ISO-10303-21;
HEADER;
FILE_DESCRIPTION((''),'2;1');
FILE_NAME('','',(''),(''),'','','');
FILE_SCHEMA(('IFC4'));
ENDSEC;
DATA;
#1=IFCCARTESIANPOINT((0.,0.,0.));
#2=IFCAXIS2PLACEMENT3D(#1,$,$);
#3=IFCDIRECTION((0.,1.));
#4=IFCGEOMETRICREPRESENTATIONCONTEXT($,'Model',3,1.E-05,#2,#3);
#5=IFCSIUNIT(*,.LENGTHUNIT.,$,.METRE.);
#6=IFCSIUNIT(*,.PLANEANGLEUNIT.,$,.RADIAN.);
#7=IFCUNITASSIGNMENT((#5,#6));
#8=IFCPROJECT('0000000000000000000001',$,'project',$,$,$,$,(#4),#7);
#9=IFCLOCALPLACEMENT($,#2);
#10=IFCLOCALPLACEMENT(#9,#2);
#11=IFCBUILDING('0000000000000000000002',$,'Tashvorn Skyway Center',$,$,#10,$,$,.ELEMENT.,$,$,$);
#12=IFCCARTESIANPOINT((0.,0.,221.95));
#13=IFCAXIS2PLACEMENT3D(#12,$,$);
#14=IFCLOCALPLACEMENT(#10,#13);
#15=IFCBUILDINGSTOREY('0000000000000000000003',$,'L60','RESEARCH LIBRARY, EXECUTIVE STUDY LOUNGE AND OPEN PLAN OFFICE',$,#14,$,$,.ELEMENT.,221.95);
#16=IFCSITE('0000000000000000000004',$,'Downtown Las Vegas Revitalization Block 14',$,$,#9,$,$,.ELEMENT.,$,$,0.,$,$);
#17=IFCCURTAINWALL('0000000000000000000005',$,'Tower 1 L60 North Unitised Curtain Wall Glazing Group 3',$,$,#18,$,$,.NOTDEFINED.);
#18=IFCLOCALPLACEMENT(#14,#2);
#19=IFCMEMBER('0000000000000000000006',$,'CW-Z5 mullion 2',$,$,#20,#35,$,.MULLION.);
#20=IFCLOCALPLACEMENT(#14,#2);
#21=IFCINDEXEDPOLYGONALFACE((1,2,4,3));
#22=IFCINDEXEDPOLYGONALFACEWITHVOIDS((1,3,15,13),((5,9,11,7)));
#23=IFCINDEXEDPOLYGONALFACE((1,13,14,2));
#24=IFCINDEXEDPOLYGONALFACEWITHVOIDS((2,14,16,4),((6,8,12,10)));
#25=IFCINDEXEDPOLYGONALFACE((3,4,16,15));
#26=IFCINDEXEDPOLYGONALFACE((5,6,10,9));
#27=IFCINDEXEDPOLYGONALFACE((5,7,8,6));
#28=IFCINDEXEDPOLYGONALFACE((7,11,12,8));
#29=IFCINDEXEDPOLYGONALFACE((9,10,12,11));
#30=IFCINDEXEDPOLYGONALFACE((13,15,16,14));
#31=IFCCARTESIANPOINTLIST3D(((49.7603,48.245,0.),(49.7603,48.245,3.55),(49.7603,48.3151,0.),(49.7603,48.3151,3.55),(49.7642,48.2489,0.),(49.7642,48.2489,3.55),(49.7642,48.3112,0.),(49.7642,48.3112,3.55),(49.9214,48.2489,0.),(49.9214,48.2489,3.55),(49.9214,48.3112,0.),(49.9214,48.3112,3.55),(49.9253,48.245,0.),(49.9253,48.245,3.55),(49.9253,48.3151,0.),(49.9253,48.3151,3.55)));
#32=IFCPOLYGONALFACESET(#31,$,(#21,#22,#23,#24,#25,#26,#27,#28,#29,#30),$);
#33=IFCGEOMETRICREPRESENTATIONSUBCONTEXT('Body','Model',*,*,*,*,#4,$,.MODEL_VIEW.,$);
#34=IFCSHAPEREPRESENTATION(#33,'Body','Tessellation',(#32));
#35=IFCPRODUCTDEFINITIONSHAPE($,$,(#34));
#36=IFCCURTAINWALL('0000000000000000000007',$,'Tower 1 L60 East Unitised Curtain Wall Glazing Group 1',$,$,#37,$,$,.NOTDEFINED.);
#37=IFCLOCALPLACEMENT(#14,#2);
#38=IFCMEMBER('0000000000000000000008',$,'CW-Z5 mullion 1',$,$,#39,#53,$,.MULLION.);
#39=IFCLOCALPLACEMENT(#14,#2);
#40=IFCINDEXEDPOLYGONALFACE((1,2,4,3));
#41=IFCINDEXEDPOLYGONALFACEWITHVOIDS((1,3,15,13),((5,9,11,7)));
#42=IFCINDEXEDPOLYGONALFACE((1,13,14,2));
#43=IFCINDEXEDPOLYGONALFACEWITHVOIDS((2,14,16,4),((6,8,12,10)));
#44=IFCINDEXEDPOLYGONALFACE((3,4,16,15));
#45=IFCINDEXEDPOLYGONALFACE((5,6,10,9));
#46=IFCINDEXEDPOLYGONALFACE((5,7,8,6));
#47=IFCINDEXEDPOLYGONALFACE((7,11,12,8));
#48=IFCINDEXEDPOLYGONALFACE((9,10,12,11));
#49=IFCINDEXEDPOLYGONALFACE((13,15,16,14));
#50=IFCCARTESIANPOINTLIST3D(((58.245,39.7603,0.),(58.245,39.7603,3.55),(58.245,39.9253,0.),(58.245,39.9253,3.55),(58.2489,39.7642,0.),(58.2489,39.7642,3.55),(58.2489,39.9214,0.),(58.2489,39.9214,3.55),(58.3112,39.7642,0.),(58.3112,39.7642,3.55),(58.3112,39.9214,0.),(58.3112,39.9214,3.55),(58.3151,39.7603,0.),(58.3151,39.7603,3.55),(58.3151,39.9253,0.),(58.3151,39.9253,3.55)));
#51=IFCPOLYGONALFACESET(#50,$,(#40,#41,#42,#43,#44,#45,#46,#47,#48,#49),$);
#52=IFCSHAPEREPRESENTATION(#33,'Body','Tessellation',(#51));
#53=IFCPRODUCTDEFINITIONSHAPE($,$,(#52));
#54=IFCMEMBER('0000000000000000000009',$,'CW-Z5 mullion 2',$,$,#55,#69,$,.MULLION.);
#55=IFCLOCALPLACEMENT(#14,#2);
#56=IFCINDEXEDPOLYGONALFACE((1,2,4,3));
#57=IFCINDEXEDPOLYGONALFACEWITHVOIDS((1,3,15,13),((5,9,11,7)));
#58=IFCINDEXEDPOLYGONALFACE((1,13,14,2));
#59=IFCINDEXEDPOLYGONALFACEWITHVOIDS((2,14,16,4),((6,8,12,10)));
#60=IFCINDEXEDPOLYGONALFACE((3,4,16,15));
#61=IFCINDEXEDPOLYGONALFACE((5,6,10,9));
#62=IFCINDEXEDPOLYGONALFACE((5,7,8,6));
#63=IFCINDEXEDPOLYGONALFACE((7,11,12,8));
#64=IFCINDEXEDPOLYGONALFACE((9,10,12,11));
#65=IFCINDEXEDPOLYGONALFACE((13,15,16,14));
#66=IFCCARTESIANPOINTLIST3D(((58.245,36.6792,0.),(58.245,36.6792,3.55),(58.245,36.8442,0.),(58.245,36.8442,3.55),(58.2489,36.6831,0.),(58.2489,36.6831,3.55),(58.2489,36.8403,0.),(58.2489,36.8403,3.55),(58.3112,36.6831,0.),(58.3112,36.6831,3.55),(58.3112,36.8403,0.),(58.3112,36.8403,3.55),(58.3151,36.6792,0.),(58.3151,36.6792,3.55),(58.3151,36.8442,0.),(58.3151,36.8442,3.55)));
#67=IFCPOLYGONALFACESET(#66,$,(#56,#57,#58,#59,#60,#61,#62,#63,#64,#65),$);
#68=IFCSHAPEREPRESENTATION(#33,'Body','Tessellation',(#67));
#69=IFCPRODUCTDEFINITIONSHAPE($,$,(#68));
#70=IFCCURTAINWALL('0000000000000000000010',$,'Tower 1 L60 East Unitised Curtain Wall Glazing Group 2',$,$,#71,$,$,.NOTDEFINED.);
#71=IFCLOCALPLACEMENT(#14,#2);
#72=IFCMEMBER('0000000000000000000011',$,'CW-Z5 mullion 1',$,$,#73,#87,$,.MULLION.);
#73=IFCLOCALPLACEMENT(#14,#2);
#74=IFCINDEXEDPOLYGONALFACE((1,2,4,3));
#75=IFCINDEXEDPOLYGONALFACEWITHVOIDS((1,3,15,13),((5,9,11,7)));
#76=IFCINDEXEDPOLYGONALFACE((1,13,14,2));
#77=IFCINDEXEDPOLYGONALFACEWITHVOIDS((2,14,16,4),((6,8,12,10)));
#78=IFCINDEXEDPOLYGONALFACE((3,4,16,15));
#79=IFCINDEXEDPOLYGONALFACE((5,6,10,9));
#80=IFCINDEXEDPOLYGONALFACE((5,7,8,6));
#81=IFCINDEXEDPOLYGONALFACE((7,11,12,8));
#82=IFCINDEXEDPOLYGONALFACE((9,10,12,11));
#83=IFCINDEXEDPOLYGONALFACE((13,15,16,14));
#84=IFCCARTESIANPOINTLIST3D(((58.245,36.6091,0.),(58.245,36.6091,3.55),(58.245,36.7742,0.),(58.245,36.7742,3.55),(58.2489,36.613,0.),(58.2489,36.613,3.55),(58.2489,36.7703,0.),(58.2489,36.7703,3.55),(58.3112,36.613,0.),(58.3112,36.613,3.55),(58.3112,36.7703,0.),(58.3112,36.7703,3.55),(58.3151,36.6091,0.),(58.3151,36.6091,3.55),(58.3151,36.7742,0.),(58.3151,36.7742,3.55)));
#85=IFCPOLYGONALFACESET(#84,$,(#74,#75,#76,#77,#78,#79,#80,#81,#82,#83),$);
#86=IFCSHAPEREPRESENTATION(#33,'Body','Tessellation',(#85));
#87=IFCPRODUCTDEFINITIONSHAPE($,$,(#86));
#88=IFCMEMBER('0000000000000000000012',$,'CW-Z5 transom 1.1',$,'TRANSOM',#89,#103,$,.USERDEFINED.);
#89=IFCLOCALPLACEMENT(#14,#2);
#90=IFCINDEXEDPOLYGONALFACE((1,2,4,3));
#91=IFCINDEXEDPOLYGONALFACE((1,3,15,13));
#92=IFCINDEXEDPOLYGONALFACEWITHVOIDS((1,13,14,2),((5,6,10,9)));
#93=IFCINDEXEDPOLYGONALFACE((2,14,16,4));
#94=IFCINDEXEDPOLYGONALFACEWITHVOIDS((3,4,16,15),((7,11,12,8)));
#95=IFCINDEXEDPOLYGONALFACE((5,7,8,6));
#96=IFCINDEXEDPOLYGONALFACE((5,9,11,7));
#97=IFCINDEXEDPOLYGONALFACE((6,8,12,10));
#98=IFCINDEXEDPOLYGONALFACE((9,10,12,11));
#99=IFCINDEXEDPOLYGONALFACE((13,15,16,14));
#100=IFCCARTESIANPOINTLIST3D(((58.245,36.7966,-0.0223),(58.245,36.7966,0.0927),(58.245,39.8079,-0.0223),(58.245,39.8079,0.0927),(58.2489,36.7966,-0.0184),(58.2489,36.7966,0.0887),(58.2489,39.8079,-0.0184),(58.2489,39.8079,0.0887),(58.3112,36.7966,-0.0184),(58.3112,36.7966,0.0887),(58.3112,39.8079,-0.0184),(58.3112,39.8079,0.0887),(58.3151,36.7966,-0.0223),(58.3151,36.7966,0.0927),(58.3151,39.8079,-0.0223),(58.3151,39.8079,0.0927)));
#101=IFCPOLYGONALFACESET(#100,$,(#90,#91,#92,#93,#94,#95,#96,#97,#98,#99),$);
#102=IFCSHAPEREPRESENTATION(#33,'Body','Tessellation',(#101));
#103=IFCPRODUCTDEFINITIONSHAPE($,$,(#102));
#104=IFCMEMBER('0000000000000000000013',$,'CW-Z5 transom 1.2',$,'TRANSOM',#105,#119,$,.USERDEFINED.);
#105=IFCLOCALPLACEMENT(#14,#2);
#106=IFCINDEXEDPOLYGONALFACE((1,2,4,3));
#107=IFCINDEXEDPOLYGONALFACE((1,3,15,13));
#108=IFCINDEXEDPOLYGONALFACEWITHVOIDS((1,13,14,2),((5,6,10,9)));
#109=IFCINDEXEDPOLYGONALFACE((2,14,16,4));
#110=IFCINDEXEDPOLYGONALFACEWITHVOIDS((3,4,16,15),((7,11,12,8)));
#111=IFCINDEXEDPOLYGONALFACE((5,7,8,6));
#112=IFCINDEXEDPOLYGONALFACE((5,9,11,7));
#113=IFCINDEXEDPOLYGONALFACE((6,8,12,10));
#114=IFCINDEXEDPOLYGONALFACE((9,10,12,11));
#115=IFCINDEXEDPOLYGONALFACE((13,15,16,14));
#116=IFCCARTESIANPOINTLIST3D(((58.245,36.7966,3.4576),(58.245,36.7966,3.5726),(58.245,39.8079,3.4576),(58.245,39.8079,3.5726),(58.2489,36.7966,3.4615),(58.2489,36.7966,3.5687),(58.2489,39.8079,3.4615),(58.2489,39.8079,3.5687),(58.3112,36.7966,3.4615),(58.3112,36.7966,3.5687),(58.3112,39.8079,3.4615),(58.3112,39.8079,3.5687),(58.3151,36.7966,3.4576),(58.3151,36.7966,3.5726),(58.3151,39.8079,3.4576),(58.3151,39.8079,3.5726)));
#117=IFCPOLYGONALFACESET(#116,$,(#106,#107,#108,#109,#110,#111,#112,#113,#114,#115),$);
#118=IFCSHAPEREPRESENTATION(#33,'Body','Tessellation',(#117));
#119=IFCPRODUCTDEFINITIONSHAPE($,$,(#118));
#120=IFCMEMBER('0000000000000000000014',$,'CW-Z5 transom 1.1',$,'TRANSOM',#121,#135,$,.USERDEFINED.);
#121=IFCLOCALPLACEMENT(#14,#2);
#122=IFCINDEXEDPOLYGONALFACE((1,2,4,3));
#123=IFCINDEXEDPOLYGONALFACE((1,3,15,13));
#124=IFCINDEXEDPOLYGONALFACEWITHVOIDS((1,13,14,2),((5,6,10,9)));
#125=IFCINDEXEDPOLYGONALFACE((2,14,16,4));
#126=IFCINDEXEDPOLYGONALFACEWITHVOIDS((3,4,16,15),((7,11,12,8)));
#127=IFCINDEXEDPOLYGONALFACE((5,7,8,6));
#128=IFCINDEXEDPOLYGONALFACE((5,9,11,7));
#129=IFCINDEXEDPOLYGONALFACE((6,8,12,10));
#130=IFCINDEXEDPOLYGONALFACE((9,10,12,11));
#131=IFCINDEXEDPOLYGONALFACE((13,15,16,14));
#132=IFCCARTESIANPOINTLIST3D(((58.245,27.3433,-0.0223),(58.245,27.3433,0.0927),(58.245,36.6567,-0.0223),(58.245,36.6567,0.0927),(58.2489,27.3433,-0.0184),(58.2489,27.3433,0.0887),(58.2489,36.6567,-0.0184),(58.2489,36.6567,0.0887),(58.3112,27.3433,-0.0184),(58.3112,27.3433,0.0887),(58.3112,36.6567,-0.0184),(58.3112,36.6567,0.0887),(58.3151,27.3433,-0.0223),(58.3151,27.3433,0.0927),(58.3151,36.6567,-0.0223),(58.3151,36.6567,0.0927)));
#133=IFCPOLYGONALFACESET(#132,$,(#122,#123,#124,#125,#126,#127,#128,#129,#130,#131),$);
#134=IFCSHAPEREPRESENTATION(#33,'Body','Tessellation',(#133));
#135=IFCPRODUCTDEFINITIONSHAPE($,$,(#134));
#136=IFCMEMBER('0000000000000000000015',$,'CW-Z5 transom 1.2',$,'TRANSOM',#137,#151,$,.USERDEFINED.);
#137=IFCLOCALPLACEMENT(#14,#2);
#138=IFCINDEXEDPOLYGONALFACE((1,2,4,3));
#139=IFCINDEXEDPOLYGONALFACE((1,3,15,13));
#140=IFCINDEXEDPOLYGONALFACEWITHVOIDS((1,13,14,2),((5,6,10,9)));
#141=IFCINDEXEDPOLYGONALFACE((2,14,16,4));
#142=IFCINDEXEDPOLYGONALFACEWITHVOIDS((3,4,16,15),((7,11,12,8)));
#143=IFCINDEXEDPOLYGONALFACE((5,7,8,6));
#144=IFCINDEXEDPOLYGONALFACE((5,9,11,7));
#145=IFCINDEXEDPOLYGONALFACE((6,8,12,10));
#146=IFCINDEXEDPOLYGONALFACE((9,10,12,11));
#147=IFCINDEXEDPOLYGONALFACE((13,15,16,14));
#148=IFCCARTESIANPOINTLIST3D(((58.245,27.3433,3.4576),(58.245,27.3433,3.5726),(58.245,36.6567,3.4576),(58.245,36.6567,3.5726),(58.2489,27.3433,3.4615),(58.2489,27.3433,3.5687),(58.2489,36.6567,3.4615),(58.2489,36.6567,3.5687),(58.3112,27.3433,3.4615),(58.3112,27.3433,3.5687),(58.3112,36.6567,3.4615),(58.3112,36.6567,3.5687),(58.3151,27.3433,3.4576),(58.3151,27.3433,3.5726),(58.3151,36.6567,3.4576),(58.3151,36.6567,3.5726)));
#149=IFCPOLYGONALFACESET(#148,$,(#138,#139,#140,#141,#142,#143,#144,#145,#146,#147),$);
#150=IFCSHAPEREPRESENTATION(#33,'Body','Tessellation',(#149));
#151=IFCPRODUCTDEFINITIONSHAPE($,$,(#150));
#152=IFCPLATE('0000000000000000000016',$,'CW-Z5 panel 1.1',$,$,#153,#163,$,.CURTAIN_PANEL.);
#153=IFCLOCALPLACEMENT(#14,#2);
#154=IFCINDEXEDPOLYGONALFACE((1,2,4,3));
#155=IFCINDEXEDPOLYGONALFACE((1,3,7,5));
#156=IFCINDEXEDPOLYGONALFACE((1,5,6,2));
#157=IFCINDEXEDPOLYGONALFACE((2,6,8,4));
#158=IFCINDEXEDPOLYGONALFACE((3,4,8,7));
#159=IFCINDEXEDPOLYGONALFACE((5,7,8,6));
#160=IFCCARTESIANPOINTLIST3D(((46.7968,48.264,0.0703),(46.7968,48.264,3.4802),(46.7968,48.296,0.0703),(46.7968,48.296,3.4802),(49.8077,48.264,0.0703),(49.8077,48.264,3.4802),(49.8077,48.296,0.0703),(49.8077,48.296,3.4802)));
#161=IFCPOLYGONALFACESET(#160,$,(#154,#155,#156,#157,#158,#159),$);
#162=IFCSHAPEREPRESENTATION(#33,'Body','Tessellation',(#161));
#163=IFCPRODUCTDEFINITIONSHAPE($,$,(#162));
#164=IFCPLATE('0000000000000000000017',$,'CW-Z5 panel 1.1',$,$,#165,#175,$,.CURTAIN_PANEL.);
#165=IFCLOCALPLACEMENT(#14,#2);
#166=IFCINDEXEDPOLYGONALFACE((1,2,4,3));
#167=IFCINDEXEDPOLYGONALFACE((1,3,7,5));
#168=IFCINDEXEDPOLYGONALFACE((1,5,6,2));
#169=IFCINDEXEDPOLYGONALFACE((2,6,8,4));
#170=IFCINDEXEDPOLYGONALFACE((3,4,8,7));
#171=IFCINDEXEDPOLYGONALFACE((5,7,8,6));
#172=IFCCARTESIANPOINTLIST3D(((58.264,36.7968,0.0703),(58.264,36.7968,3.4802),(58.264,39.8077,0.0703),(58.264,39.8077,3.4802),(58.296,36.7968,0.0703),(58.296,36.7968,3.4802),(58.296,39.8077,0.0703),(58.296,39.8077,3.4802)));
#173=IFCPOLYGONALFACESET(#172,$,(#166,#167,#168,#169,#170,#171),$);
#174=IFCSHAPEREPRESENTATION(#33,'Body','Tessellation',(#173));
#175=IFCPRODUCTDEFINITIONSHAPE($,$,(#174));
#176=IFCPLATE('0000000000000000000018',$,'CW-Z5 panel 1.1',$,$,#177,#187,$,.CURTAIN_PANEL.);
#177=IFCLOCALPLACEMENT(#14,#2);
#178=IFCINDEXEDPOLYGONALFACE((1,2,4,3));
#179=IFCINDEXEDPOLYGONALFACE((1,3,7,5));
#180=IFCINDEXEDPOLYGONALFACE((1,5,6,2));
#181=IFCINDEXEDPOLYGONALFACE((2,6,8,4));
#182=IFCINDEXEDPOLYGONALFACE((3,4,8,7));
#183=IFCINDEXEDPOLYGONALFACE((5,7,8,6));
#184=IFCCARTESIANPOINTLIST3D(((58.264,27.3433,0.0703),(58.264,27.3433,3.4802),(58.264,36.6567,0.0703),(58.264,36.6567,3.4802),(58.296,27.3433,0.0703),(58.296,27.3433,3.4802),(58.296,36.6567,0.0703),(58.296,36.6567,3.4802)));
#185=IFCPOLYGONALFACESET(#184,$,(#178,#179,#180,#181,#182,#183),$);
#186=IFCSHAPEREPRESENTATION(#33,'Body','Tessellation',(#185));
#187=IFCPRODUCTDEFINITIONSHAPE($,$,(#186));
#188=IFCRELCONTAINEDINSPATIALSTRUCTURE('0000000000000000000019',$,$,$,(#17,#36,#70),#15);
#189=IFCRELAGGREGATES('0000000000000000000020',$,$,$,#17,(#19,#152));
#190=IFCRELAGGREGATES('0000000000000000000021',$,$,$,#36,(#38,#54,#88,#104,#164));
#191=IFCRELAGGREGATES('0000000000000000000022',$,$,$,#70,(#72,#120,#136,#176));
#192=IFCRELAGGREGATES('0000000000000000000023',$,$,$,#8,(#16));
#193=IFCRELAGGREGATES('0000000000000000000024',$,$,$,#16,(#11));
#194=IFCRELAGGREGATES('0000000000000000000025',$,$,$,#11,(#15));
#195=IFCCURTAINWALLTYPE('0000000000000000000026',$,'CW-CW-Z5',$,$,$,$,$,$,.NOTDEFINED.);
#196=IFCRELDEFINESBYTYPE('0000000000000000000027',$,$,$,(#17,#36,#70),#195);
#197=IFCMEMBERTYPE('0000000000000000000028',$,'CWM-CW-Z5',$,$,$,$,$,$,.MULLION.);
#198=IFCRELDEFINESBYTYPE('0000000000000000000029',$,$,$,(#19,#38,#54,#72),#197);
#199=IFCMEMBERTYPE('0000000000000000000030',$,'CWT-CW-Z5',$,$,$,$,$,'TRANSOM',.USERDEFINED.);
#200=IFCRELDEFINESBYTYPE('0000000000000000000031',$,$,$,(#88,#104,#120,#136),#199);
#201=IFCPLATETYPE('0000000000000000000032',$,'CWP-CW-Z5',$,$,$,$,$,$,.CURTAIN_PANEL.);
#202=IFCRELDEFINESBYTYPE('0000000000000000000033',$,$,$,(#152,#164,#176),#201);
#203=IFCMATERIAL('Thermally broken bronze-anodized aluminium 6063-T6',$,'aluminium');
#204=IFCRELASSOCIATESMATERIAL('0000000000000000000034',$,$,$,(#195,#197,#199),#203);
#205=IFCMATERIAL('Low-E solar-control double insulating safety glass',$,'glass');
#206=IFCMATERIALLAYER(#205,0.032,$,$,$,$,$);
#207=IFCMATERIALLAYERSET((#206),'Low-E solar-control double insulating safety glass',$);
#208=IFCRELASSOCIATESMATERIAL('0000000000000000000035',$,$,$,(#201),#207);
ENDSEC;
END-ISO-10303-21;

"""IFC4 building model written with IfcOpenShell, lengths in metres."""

from ifc_helpers import new_model, si_unit, direction, frame, origin, origin_2d, place, context, subcontext, project, spatial, rectangle, hollow_rectangle, extrude, material, layer, layer_set, material_profile, profile_set, type_object, element, aggregate, save


model = new_model("IFC4")

# Units and contexts
model_context = context("Model", 3, precision=1e-05, world=origin(), true_north=direction((0.0, 1.0)))
body_context = subcontext(model_context, "Body", "Model", "MODEL_VIEW")
ifc_project = project(units=[si_unit("LENGTHUNIT", "METRE"), si_unit("PLANEANGLEUNIT", "RADIAN")], contexts=[model_context])

# Site, building, storey
site_placement = place(None, origin())
site = spatial("IfcSite", under=ifc_project, at=site_placement, Name="Downtown Las Vegas Revitalization Block 14", CompositionType="ELEMENT", RefElevation=0.0)
building_placement = place(site_placement, origin())
building = spatial("IfcBuilding", under=site, at=building_placement, Name="Tashvorn Skyway Center", CompositionType="ELEMENT")
storey_placement = place(building_placement, frame((0.0, 0.0, 221.95)))
storey = spatial("IfcBuildingStorey", under=building, at=storey_placement, Name="L60", Description="RESEARCH LIBRARY, EXECUTIVE STUDY LOUNGE AND OPEN PLAN OFFICE", CompositionType="ELEMENT", Elevation=221.95)

# Curtain wall, member
ifc_material_1 = material(Name="Thermally broken bronze-anodized aluminium 6063-T6", Category="aluminium")
curtain_wall_type = type_object("IfcCurtainWallType", Name="CW-CW-Z5", PredefinedType="NOTDEFINED", material=ifc_material_1)
curtain_wall_1_placement = place(storey_placement, origin())
curtain_wall_1 = element("IfcCurtainWall", 1, at=curtain_wall_1_placement, inside=storey, type_object=curtain_wall_type, Name="Tower 1 L60 North Unitised Curtain Wall Glazing Group 3", PredefinedType="NOTDEFINED")
ifc_material_profile_1 = material_profile(ifc_material_1, hollow_rectangle(XDim=0.0701, YDim=0.165, WallThickness=0.0039, at=origin_2d()), Name="ALU-MULL-70x165")
ifc_profile_set_1 = profile_set([ifc_material_profile_1], Name="Thermally broken bronze-anodized aluminium 6063-T6")
member_type_1 = type_object("IfcMemberType", Name="CWM-CW-Z5", PredefinedType="MULLION", material=ifc_profile_set_1)
member_1_placement = place(storey_placement, frame((49.8428, 48.28, 0.0), z_axis=(0.0, 0.0, 1.0), x_axis=(0.0, 1.0, 0.0)))
member_1 = element("IfcMember", 2, at=member_1_placement, type_object=member_type_1, Name="CW-Z5 mullion 2", PredefinedType="MULLION", context=body_context, shape_type="SweptSolid", body=[
    extrude(hollow_rectangle(XDim=0.0701, YDim=0.165, WallThickness=0.0039, at=origin_2d()), origin(), (0.0, 0.0, 1.0), 3.55),
])

# Curtain wall, members
curtain_wall_2_placement = place(storey_placement, origin())
curtain_wall_2 = element("IfcCurtainWall", 3, at=curtain_wall_2_placement, inside=storey, type_object=curtain_wall_type, Name="Tower 1 L60 East Unitised Curtain Wall Glazing Group 1", PredefinedType="NOTDEFINED")
member_2_placement = place(storey_placement, frame((58.28, 39.8428, 0.0), z_axis=(0.0, 0.0, 1.0), x_axis=(1.0, 0.0, 0.0)))
member_2 = element("IfcMember", 4, at=member_2_placement, type_object=member_type_1, Name="CW-Z5 mullion 1", PredefinedType="MULLION", context=body_context, shape_type="SweptSolid", body=[
    extrude(hollow_rectangle(XDim=0.0701, YDim=0.165, WallThickness=0.0039, at=origin_2d()), origin(), (0.0, 0.0, 1.0), 3.55),
])
member_3_placement = place(storey_placement, frame((58.28, 36.7617, 0.0), z_axis=(0.0, 0.0, 1.0), x_axis=(1.0, 0.0, 0.0)))
member_3 = element("IfcMember", 5, at=member_3_placement, type_object=member_type_1, Name="CW-Z5 mullion 2", PredefinedType="MULLION", context=body_context, shape_type="SweptSolid", body=[
    extrude(hollow_rectangle(XDim=0.0701, YDim=0.165, WallThickness=0.0039, at=origin_2d()), origin(), (0.0, 0.0, 1.0), 3.55),
])

# Curtain wall, member
curtain_wall_3_placement = place(storey_placement, origin())
curtain_wall_3 = element("IfcCurtainWall", 6, at=curtain_wall_3_placement, inside=storey, type_object=curtain_wall_type, Name="Tower 1 L60 East Unitised Curtain Wall Glazing Group 2", PredefinedType="NOTDEFINED")
member_4_placement = place(storey_placement, frame((58.28, 36.6917, 0.0), z_axis=(0.0, 0.0, 1.0), x_axis=(1.0, 0.0, 0.0)))
member_4 = element("IfcMember", 7, at=member_4_placement, type_object=member_type_1, Name="CW-Z5 mullion 1", PredefinedType="MULLION", context=body_context, shape_type="SweptSolid", body=[
    extrude(hollow_rectangle(XDim=0.0701, YDim=0.165, WallThickness=0.0039, at=origin_2d()), origin(), (0.0, 0.0, 1.0), 3.55),
])

# Members
ifc_material_profile_2 = material_profile(ifc_material_1, hollow_rectangle(XDim=0.0701, YDim=0.115, WallThickness=0.0039, at=origin_2d()), Name="ALU-TRAN-70x115")
ifc_profile_set_2 = profile_set([ifc_material_profile_2], Name="Thermally broken bronze-anodized aluminium 6063-T6")
member_type_2 = type_object("IfcMemberType", Name="CWT-CW-Z5", ElementType="TRANSOM", PredefinedType="USERDEFINED", material=ifc_profile_set_2)
member_5_placement = place(storey_placement, frame((58.28, 39.8079, 0.0352), z_axis=(0.0, -1.0, 0.0), x_axis=(1.0, 0.0, 0.0)))
member_5 = element("IfcMember", 8, at=member_5_placement, type_object=member_type_2, Name="CW-Z5 transom 1.1", ObjectType="TRANSOM", PredefinedType="USERDEFINED", context=body_context, shape_type="SweptSolid", body=[
    extrude(hollow_rectangle(XDim=0.0701, YDim=0.115, WallThickness=0.0039, at=origin_2d()), origin(), (0.0, 0.0, 1.0), 3.0112),
])
member_6_placement = place(storey_placement, frame((58.28, 39.8079, 3.5151), z_axis=(0.0, -1.0, 0.0), x_axis=(1.0, 0.0, 0.0)))
member_6 = element("IfcMember", 9, at=member_6_placement, type_object=member_type_2, Name="CW-Z5 transom 1.2", ObjectType="TRANSOM", PredefinedType="USERDEFINED", context=body_context, shape_type="SweptSolid", body=[
    extrude(hollow_rectangle(XDim=0.0701, YDim=0.115, WallThickness=0.0039, at=origin_2d()), origin(), (0.0, 0.0, 1.0), 3.0112),
])
member_7_placement = place(storey_placement, frame((58.28, 36.6567, 0.0352), z_axis=(0.0, -1.0, 0.0), x_axis=(1.0, 0.0, 0.0)))
member_7 = element("IfcMember", 10, at=member_7_placement, type_object=member_type_2, Name="CW-Z5 transom 1.1", ObjectType="TRANSOM", PredefinedType="USERDEFINED", context=body_context, shape_type="SweptSolid", body=[
    extrude(hollow_rectangle(XDim=0.0701, YDim=0.115, WallThickness=0.0039, at=origin_2d()), origin(), (0.0, 0.0, 1.0), 9.3135),
])
member_8_placement = place(storey_placement, frame((58.28, 36.6567, 3.5151), z_axis=(0.0, -1.0, 0.0), x_axis=(1.0, 0.0, 0.0)))
member_8 = element("IfcMember", 11, at=member_8_placement, type_object=member_type_2, Name="CW-Z5 transom 1.2", ObjectType="TRANSOM", PredefinedType="USERDEFINED", context=body_context, shape_type="SweptSolid", body=[
    extrude(hollow_rectangle(XDim=0.0701, YDim=0.115, WallThickness=0.0039, at=origin_2d()), origin(), (0.0, 0.0, 1.0), 9.3135),
])

# Plates
ifc_material_2 = material(Name="Low-E solar-control double insulating safety glass", Category="glass")
ifc_layer_1 = layer(ifc_material_2, 0.032)
ifc_layer_set_1 = layer_set([ifc_layer_1], Name="Low-E solar-control double insulating safety glass")
plate_type = type_object("IfcPlateType", Name="CWP-CW-Z5", PredefinedType="CURTAIN_PANEL", material=ifc_layer_set_1)
plate_1_placement = place(storey_placement, frame((48.3022, 48.28, 0.0703), z_axis=(0.0, 0.0, 1.0), x_axis=(1.0, 0.0, 0.0)))
plate_1 = element("IfcPlate", 12, at=plate_1_placement, type_object=plate_type, Name="CW-Z5 panel 1.1", PredefinedType="CURTAIN_PANEL", context=body_context, shape_type="SweptSolid", body=[
    extrude(rectangle(XDim=3.011, YDim=0.032, at=origin_2d()), origin(), (0.0, 0.0, 1.0), 3.4099),
])
aggregate(curtain_wall_1, [member_1, plate_1])
plate_2_placement = place(storey_placement, frame((58.28, 38.3022, 0.0703), z_axis=(0.0, 0.0, 1.0), x_axis=(0.0, -1.0, 0.0)))
plate_2 = element("IfcPlate", 13, at=plate_2_placement, type_object=plate_type, Name="CW-Z5 panel 1.1", PredefinedType="CURTAIN_PANEL", context=body_context, shape_type="SweptSolid", body=[
    extrude(rectangle(XDim=3.011, YDim=0.032, at=origin_2d()), origin(), (0.0, 0.0, 1.0), 3.4099),
])
aggregate(curtain_wall_2, [member_2, member_3, member_5, member_6, plate_2])
plate_3_placement = place(storey_placement, frame((58.28, 32.0, 0.0703), z_axis=(0.0, 0.0, 1.0), x_axis=(0.0, -1.0, 0.0)))
plate_3 = element("IfcPlate", 14, at=plate_3_placement, type_object=plate_type, Name="CW-Z5 panel 1.1", PredefinedType="CURTAIN_PANEL", context=body_context, shape_type="SweptSolid", body=[
    extrude(rectangle(XDim=9.3135, YDim=0.032, at=origin_2d()), origin(), (0.0, 0.0, 1.0), 3.4099),
])
aggregate(curtain_wall_3, [member_4, member_7, member_8, plate_3])

save(model, "model.ifc")
